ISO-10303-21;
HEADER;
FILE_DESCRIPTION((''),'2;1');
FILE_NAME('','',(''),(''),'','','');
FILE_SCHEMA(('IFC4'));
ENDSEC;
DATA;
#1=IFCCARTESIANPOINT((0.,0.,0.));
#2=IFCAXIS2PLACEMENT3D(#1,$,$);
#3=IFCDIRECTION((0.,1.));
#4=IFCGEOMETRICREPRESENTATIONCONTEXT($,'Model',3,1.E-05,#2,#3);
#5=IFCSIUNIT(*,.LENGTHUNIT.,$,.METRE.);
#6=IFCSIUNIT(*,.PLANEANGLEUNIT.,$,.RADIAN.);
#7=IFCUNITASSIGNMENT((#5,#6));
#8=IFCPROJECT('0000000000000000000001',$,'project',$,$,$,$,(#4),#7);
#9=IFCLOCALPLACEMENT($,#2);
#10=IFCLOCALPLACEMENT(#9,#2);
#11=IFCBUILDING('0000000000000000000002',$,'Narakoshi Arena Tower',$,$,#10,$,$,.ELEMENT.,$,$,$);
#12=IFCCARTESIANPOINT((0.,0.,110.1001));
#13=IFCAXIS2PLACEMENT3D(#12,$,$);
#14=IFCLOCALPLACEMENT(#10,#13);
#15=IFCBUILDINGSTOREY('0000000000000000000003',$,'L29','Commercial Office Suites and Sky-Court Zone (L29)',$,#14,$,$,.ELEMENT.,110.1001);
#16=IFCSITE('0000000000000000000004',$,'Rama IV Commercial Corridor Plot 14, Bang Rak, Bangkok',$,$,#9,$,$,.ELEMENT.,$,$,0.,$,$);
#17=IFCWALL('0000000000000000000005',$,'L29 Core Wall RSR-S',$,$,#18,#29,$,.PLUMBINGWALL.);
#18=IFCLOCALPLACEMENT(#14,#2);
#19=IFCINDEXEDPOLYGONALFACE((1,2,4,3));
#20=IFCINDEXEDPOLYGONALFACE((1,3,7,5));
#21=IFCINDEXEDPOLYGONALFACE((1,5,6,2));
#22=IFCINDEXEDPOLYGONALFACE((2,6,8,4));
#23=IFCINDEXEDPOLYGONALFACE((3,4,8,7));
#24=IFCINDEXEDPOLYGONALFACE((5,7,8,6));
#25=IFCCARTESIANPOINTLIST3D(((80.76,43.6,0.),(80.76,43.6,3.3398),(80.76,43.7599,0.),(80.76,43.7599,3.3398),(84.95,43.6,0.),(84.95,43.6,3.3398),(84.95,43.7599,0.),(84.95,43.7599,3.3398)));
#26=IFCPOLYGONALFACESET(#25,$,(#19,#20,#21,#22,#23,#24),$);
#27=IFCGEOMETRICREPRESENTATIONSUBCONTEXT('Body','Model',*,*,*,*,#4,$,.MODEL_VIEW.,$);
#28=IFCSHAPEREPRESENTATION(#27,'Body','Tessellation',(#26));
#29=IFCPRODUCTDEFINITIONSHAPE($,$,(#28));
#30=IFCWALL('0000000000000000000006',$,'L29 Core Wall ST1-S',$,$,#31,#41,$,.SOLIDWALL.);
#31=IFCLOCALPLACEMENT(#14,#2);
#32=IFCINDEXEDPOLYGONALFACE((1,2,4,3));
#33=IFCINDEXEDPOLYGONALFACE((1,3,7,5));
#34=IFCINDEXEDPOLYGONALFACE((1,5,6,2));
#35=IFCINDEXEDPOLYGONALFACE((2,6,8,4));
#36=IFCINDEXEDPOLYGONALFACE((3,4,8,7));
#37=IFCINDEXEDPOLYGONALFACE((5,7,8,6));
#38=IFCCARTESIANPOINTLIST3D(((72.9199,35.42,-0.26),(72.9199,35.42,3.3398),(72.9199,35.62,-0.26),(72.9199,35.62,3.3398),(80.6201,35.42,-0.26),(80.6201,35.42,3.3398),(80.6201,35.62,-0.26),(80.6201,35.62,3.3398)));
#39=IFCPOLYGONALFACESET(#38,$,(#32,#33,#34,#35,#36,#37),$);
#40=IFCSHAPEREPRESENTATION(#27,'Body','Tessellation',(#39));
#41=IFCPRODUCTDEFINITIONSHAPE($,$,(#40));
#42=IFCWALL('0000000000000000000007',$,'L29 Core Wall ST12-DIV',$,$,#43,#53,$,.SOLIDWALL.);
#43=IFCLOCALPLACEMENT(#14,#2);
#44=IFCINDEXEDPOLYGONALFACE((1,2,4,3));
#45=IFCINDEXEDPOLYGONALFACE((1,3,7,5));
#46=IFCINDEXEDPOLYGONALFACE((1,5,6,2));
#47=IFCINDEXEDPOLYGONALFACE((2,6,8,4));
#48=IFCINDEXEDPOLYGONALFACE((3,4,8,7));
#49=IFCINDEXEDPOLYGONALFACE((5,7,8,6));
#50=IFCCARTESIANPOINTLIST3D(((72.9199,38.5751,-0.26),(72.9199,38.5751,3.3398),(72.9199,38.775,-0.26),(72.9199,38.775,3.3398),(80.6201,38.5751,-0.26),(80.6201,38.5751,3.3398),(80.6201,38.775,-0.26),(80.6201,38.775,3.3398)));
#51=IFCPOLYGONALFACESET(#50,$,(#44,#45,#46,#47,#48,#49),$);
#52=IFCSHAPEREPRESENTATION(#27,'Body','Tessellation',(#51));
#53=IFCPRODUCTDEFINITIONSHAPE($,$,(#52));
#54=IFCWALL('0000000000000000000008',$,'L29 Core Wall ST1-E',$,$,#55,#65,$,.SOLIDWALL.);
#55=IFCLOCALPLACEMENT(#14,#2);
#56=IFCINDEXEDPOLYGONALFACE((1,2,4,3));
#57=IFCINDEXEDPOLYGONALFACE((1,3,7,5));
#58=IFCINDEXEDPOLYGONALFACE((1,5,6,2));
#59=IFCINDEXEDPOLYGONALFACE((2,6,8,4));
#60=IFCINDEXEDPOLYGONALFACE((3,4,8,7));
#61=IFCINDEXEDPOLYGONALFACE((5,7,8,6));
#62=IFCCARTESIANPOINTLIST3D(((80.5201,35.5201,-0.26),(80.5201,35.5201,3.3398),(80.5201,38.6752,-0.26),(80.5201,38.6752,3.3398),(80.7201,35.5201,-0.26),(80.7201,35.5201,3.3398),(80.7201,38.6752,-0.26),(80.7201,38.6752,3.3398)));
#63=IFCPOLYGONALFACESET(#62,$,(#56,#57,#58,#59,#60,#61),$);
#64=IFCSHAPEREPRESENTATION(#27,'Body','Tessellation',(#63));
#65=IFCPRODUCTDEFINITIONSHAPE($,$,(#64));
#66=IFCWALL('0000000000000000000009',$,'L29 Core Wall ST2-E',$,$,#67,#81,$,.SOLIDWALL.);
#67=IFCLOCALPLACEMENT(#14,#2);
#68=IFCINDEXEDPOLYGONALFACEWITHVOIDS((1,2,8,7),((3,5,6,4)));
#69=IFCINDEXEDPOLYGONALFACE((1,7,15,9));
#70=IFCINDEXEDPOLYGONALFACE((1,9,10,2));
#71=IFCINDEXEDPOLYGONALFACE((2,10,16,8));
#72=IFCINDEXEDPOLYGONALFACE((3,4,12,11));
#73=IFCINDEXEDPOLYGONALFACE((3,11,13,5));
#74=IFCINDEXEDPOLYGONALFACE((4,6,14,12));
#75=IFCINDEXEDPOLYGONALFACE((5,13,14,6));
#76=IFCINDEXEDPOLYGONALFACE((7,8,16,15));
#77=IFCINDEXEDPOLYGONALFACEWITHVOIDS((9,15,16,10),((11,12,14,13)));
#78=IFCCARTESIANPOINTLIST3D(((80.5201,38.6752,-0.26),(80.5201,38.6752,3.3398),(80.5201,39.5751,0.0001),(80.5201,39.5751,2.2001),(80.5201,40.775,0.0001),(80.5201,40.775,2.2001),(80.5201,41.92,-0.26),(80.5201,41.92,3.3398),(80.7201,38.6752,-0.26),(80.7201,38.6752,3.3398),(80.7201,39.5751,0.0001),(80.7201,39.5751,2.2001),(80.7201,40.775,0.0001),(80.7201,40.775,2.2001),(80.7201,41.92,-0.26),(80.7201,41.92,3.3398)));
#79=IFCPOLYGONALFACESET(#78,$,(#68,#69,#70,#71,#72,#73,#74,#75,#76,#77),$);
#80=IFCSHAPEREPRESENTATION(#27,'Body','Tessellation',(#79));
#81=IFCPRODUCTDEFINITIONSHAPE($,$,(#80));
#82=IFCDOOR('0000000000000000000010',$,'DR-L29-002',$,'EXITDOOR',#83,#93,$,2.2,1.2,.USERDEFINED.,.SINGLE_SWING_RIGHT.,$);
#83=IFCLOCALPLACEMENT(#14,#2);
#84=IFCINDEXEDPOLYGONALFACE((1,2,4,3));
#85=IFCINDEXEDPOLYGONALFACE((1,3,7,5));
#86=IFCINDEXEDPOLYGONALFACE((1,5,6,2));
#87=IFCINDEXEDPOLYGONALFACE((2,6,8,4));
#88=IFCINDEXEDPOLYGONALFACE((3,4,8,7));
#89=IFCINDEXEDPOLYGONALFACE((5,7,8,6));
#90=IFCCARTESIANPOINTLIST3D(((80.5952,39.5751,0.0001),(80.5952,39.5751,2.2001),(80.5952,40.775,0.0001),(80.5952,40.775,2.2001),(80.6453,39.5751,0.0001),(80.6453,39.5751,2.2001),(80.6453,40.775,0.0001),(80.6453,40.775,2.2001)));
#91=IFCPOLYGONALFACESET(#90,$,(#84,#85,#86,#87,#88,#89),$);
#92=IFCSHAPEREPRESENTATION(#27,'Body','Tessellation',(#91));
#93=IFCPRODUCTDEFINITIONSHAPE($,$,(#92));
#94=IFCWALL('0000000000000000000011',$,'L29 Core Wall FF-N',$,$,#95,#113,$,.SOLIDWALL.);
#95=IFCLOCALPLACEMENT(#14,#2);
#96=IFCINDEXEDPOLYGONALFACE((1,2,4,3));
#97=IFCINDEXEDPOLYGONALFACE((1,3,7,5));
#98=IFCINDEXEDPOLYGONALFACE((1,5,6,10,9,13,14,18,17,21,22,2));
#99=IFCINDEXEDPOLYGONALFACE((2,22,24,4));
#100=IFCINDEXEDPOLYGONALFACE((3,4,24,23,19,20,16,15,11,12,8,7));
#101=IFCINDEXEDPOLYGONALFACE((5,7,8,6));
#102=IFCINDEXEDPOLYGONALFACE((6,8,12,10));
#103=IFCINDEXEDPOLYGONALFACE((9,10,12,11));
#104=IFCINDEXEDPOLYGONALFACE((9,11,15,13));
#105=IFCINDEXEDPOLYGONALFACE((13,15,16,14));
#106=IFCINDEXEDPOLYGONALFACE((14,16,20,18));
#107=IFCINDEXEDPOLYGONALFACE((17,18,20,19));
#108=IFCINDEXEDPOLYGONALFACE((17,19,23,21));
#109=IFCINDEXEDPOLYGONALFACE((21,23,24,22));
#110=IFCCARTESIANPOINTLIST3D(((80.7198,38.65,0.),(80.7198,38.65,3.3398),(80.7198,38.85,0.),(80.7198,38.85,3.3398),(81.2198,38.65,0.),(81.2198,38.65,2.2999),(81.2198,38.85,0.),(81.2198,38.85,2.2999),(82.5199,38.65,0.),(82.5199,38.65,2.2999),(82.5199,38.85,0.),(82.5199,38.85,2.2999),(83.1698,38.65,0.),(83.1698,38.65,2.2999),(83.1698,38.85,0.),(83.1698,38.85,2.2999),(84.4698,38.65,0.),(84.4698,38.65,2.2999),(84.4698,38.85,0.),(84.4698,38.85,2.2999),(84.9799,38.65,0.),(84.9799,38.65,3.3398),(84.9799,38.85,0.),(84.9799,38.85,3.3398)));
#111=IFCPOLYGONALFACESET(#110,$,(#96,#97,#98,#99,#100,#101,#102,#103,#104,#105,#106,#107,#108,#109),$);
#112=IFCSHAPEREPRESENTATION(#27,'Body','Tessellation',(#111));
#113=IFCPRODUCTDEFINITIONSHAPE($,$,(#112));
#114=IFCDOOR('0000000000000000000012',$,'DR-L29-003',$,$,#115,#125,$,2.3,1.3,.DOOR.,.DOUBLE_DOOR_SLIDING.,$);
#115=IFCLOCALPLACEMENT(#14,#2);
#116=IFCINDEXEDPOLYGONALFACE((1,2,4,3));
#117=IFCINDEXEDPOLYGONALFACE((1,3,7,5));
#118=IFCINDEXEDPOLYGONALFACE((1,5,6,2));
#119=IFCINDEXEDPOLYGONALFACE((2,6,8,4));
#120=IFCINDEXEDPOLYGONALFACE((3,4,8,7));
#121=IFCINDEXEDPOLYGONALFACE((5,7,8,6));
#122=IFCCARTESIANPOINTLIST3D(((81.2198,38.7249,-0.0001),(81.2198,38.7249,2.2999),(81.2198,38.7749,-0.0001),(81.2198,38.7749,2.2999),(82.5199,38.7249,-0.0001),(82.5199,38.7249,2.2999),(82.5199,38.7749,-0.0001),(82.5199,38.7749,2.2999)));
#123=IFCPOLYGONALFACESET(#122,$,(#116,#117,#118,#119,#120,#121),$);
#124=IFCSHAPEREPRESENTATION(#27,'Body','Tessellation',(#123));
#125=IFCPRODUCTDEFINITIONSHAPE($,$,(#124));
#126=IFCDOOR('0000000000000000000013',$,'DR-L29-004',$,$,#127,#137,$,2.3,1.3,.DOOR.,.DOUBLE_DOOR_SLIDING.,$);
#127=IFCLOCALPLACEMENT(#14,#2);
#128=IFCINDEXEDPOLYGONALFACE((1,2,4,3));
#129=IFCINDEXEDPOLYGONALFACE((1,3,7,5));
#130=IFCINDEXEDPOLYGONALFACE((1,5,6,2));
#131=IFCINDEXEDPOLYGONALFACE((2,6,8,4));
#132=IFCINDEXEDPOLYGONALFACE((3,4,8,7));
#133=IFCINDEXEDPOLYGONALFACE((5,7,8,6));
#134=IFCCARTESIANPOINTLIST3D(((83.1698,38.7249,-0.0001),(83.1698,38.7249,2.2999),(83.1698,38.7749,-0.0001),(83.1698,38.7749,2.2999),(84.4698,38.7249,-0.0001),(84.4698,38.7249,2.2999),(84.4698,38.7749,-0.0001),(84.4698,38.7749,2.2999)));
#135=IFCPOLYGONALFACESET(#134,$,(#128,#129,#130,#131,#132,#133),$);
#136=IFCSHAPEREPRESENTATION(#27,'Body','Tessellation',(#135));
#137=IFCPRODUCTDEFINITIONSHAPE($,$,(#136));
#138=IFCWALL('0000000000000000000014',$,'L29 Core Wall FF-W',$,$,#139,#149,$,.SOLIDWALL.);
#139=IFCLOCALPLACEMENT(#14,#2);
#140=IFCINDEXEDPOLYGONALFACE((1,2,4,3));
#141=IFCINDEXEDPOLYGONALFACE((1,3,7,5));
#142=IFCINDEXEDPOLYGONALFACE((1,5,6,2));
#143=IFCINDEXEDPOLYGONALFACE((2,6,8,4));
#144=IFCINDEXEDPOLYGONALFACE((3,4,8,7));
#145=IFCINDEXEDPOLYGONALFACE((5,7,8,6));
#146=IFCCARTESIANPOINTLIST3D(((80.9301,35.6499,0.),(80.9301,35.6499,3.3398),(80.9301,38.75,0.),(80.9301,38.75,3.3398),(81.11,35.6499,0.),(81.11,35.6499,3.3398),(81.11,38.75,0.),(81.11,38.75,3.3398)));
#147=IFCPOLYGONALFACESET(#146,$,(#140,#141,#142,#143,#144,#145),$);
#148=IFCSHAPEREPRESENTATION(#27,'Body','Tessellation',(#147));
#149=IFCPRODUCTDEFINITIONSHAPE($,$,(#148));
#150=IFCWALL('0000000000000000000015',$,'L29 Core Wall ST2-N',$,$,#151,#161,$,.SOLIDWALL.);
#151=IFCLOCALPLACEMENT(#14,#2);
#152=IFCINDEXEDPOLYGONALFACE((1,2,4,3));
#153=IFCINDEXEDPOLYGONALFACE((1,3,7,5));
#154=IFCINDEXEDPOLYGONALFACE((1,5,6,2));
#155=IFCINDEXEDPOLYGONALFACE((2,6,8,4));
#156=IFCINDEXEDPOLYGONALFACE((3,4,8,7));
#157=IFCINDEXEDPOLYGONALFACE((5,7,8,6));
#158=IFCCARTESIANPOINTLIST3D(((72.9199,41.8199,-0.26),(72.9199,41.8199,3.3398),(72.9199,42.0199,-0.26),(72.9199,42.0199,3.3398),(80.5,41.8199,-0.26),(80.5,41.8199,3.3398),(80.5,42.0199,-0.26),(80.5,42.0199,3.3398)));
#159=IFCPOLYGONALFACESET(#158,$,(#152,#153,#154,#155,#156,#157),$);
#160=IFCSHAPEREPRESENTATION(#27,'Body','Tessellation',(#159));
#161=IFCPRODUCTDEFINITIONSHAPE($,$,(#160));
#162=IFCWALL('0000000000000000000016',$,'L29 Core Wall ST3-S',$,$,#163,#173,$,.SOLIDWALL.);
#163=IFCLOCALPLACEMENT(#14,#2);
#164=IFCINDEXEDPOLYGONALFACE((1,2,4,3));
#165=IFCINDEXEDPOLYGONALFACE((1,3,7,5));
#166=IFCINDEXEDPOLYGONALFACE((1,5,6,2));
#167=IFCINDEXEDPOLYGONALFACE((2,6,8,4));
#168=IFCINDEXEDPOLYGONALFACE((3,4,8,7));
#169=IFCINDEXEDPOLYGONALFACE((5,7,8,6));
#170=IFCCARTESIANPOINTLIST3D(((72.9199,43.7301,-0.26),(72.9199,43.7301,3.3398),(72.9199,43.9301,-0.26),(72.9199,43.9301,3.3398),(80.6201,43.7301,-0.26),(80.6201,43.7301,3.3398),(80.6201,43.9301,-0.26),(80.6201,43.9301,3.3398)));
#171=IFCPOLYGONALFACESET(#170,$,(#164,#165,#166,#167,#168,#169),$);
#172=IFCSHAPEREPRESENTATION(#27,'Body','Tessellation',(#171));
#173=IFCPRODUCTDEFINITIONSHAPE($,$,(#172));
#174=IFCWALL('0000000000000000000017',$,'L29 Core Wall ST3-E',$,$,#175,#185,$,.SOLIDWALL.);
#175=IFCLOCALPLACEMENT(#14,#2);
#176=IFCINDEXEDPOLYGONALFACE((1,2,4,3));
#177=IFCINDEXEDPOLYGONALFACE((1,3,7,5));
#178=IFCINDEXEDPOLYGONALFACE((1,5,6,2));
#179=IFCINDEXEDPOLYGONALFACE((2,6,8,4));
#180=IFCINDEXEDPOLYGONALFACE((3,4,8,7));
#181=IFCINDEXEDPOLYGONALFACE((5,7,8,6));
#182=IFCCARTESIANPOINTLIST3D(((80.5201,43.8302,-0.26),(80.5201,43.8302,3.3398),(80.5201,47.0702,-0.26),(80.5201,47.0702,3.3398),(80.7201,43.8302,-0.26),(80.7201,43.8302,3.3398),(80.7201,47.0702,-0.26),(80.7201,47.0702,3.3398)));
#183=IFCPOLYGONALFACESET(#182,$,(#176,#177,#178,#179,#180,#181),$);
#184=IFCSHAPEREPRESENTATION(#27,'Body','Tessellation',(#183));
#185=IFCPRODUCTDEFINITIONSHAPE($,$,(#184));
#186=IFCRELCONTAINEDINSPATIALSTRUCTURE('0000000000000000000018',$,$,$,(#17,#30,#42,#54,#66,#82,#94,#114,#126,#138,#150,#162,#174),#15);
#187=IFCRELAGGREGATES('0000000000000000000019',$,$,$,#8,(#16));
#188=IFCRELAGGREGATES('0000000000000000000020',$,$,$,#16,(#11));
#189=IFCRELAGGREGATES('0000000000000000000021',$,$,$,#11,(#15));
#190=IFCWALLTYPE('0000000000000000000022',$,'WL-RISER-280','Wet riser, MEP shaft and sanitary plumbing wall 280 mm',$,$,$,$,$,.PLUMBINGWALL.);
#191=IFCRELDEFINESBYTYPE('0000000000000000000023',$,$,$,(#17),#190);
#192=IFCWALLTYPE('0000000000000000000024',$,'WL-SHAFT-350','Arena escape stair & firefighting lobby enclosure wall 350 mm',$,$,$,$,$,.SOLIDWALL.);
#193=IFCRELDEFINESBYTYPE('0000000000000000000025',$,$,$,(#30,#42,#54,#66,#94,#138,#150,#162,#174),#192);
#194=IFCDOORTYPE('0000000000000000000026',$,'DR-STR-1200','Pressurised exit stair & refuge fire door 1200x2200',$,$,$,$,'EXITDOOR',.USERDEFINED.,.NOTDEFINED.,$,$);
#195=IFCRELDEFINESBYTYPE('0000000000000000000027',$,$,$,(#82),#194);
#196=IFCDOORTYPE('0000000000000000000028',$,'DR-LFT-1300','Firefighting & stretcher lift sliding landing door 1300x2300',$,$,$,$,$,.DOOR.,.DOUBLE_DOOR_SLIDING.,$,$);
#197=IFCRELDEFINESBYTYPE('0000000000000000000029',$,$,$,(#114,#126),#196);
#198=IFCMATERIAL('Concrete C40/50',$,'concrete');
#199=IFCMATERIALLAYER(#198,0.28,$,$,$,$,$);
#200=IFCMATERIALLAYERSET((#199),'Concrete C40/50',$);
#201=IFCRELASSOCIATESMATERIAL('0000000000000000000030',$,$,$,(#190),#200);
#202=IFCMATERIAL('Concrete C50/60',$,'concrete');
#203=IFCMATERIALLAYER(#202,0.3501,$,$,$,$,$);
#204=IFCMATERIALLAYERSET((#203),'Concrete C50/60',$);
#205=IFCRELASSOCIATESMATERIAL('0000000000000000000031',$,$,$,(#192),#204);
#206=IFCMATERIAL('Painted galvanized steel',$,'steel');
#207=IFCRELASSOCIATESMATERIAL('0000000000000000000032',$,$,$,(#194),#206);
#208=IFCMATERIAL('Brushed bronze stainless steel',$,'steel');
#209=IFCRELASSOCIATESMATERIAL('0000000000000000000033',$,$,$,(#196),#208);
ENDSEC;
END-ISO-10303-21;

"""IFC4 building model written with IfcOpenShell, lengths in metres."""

from ifc_helpers import new_model, si_unit, direction, frame, frame_2d, origin, place, context, subcontext, project, spatial, rectangle, extrude, material, layer, layer_set, type_object, element, fill, save


model = new_model("IFC4")

# Units and contexts
model_context = context("Model", 3, precision=1e-05, world=origin(), true_north=direction((0.0, 1.0)))
body_context = subcontext(model_context, "Body", "Model", "MODEL_VIEW")
ifc_project = project(units=[si_unit("LENGTHUNIT", "METRE"), si_unit("PLANEANGLEUNIT", "RADIAN")], contexts=[model_context])

# Site, building, storey
site_placement = place(None, origin())
site = spatial("IfcSite", under=ifc_project, at=site_placement, Name="Rama IV Commercial Corridor Plot 14, Bang Rak, Bangkok", CompositionType="ELEMENT", RefElevation=0.0)
building_placement = place(site_placement, origin())
building = spatial("IfcBuilding", under=site, at=building_placement, Name="Narakoshi Arena Tower", CompositionType="ELEMENT")
storey_placement = place(building_placement, frame((0.0, 0.0, 110.1001)))
storey = spatial("IfcBuildingStorey", under=building, at=storey_placement, Name="L29", Description="Commercial Office Suites and Sky-Court Zone (L29)", CompositionType="ELEMENT", Elevation=110.1001)

# Walls
ifc_material_1 = material(Name="Concrete C40/50", Category="concrete")
ifc_layer_1 = layer(ifc_material_1, 0.28)
ifc_layer_set_1 = layer_set([ifc_layer_1], Name="Concrete C40/50")
wall_type_1 = type_object("IfcWallType", Name="WL-RISER-280", Description="Wet riser, MEP shaft and sanitary plumbing wall 280 mm", PredefinedType="PLUMBINGWALL", material=ifc_layer_set_1)
wall_1_placement = place(storey_placement, frame((80.76, 43.6799, 0.0), z_axis=(0.0, 0.0, 1.0), x_axis=(1.0, 0.0, 0.0)))
element("IfcWall", 1, at=wall_1_placement, inside=storey, type_object=wall_type_1, Name="L29 Core Wall RSR-S", PredefinedType="PLUMBINGWALL", context=body_context, shape_type="SweptSolid", body=[
    extrude(rectangle(XDim=4.1899, YDim=0.1599, at=frame_2d((2.095, 0.0))), origin(), (0.0, 0.0, 1.0), 3.3398),
])
ifc_material_2 = material(Name="Concrete C50/60", Category="concrete")
ifc_layer_2 = layer(ifc_material_2, 0.3501)
ifc_layer_set_2 = layer_set([ifc_layer_2], Name="Concrete C50/60")
wall_type_2 = type_object("IfcWallType", Name="WL-SHAFT-350", Description="Arena escape stair & firefighting lobby enclosure wall 350 mm", PredefinedType="SOLIDWALL", material=ifc_layer_set_2)
for number, where, z_axis, x_axis, name in (
    (2, (72.9199, 35.52, -0.26), (0.0, 0.0, 1.0), (1.0, 0.0, 0.0), "L29 Core Wall ST1-S"),
    (3, (72.9199, 38.675, -0.26), (0.0, 0.0, 1.0), (1.0, 0.0, 0.0), "L29 Core Wall ST12-DIV"),
):
    element("IfcWall", number, at=place(storey_placement, frame(where, z_axis=z_axis, x_axis=x_axis)), inside=storey, type_object=wall_type_2, Name=name, PredefinedType="SOLIDWALL", context=body_context, shape_type="SweptSolid", body=[
        extrude(rectangle(XDim=7.7002, YDim=0.2, at=frame_2d((3.8501, 0.0))), origin(), (0.0, 0.0, 1.0), 3.5999),
    ])
wall_2_placement = place(storey_placement, frame((80.6201, 35.52, -0.26), z_axis=(0.0, 0.0, 1.0), x_axis=(0.0, 1.0, 0.0)))
element("IfcWall", 4, at=wall_2_placement, inside=storey, type_object=wall_type_2, Name="L29 Core Wall ST1-E", PredefinedType="SOLIDWALL", context=body_context, shape_type="SweptSolid", body=[
    extrude(rectangle(XDim=3.155, YDim=0.2, at=frame_2d((1.5776, 0.0))), origin(), (0.0, 0.0, 1.0), 3.5999),
])

# Wall, opening, door
wall_3_placement = place(storey_placement, frame((80.6201, 38.675, -0.26), z_axis=(0.0, 0.0, 1.0), x_axis=(0.0, 1.0, 0.0)))
wall_3 = element("IfcWall", 5, at=wall_3_placement, inside=storey, type_object=wall_type_2, Name="L29 Core Wall ST2-E", PredefinedType="SOLIDWALL", context=body_context, shape_type="SweptSolid", body=[
    extrude(rectangle(XDim=3.2449, YDim=0.2, at=frame_2d((1.6226, 0.0))), origin(), (0.0, 0.0, 1.0), 3.5999),
])
opening_1_placement = place(wall_3_placement, frame((0.8999, 0.0, 0.26)))
opening_1 = element("IfcOpeningElement", 6, at=opening_1_placement, cuts=wall_3, PredefinedType="OPENING", context=body_context, shape_type="SweptSolid", body=[
    extrude(rectangle(XDim=1.2, YDim=2.2, at=frame_2d((0.6001, 1.1001))), frame((0.0, 0.1099, 0.0), z_axis=(0.0, -1.0, 0.0), x_axis=(1.0, 0.0, 0.0)), (0.0, 0.0, 1.0), 0.22),
])
ifc_material_3 = material(Name="Painted galvanized steel", Category="steel")
door_type_1 = type_object("IfcDoorType", Name="DR-STR-1200", Description="Pressurised exit stair & refuge fire door 1200x2200", ElementType="EXITDOOR", OperationType="NOTDEFINED", PredefinedType="USERDEFINED", material=ifc_material_3)
door_1_placement = place(opening_1_placement, origin())
door_1 = element("IfcDoor", 7, at=door_1_placement, inside=storey, type_object=door_type_1, Name="DR-L29-002", ObjectType="EXITDOOR", OperationType="SINGLE_SWING_RIGHT", OverallHeight=2.2, OverallWidth=1.2, PredefinedType="USERDEFINED", context=body_context, shape_type="SweptSolid", body=[
    extrude(rectangle(XDim=1.2, YDim=2.2, at=frame_2d((0.6001, 1.1001))), frame((0.0, 0.0249, 0.0), z_axis=(0.0, -1.0, 0.0), x_axis=(1.0, 0.0, 0.0)), (0.0, 0.0, 1.0), 0.05),
])
fill(opening_1, door_1)

# Wall, openings, doors
wall_4_placement = place(storey_placement, frame((80.72, 38.75, 0.0), z_axis=(0.0, 0.0, 1.0), x_axis=(1.0, 0.0, 0.0)))
wall_4 = element("IfcWall", 8, at=wall_4_placement, inside=storey, type_object=wall_type_2, Name="L29 Core Wall FF-N", PredefinedType="SOLIDWALL", context=body_context, shape_type="SweptSolid", body=[
    extrude(rectangle(XDim=4.26, YDim=0.2, at=frame_2d((2.1299, 0.0))), origin(), (0.0, 0.0, 1.0), 3.3398),
])
opening_2_placement = place(wall_4_placement, frame((0.5, 0.0, 0.0)))
opening_2 = element("IfcOpeningElement", 9, at=opening_2_placement, cuts=wall_4, PredefinedType="OPENING", context=body_context, shape_type="SweptSolid", body=[
    extrude(rectangle(XDim=1.3, YDim=2.3, at=frame_2d((0.6499, 1.1499))), frame((0.0, 0.1099, 0.0), z_axis=(0.0, -1.0, 0.0), x_axis=(1.0, 0.0, 0.0)), (0.0, 0.0, 1.0), 0.22),
])
opening_3_placement = place(wall_4_placement, frame((2.45, 0.0, 0.0)))
opening_3 = element("IfcOpeningElement", 10, at=opening_3_placement, cuts=wall_4, PredefinedType="OPENING", context=body_context, shape_type="SweptSolid", body=[
    extrude(rectangle(XDim=1.3, YDim=2.3, at=frame_2d((0.6499, 1.1499))), frame((0.0, 0.1099, 0.0), z_axis=(0.0, -1.0, 0.0), x_axis=(1.0, 0.0, 0.0)), (0.0, 0.0, 1.0), 0.22),
])
ifc_material_4 = material(Name="Brushed bronze stainless steel", Category="steel")
door_type_2 = type_object("IfcDoorType", Name="DR-LFT-1300", Description="Firefighting & stretcher lift sliding landing door 1300x2300", OperationType="DOUBLE_DOOR_SLIDING", PredefinedType="DOOR", material=ifc_material_4)
door_2_placement = place(opening_2_placement, origin())
door_2 = element("IfcDoor", 11, at=door_2_placement, inside=storey, type_object=door_type_2, Name="DR-L29-003", OperationType="DOUBLE_DOOR_SLIDING", OverallHeight=2.3, OverallWidth=1.3, PredefinedType="DOOR", context=body_context, shape_type="SweptSolid", body=[
    extrude(rectangle(XDim=1.3, YDim=2.3, at=frame_2d((0.6499, 1.1499))), frame((0.0, 0.0249, 0.0), z_axis=(0.0, -1.0, 0.0), x_axis=(1.0, 0.0, 0.0)), (0.0, 0.0, 1.0), 0.05),
])
fill(opening_2, door_2)
door_3_placement = place(opening_3_placement, origin())
door_3 = element("IfcDoor", 12, at=door_3_placement, inside=storey, type_object=door_type_2, Name="DR-L29-004", OperationType="DOUBLE_DOOR_SLIDING", OverallHeight=2.3, OverallWidth=1.3, PredefinedType="DOOR", context=body_context, shape_type="SweptSolid", body=[
    extrude(rectangle(XDim=1.3, YDim=2.3, at=frame_2d((0.6499, 1.1499))), frame((0.0, 0.0249, 0.0), z_axis=(0.0, -1.0, 0.0), x_axis=(1.0, 0.0, 0.0)), (0.0, 0.0, 1.0), 0.05),
])
fill(opening_3, door_3)

# Walls
wall_5_placement = place(storey_placement, frame((81.02, 35.6499, 0.0), z_axis=(0.0, 0.0, 1.0), x_axis=(0.0, 1.0, 0.0)))
element("IfcWall", 13, at=wall_5_placement, inside=storey, type_object=wall_type_2, Name="L29 Core Wall FF-W", PredefinedType="SOLIDWALL", context=body_context, shape_type="SweptSolid", body=[
    extrude(rectangle(XDim=3.1001, YDim=0.1799, at=frame_2d((1.55, 0.0))), origin(), (0.0, 0.0, 1.0), 3.3398),
])
wall_6_placement = place(storey_placement, frame((72.9199, 41.9199, -0.26), z_axis=(0.0, 0.0, 1.0), x_axis=(1.0, 0.0, 0.0)))
element("IfcWall", 14, at=wall_6_placement, inside=storey, type_object=wall_type_2, Name="L29 Core Wall ST2-N", PredefinedType="SOLIDWALL", context=body_context, shape_type="SweptSolid", body=[
    extrude(rectangle(XDim=7.5801, YDim=0.2, at=frame_2d((3.79, 0.0))), origin(), (0.0, 0.0, 1.0), 3.5999),
])
wall_7_placement = place(storey_placement, frame((72.9199, 43.8301, -0.26), z_axis=(0.0, 0.0, 1.0), x_axis=(1.0, 0.0, 0.0)))
element("IfcWall", 15, at=wall_7_placement, inside=storey, type_object=wall_type_2, Name="L29 Core Wall ST3-S", PredefinedType="SOLIDWALL", context=body_context, shape_type="SweptSolid", body=[
    extrude(rectangle(XDim=7.7002, YDim=0.2, at=frame_2d((3.8501, 0.0))), origin(), (0.0, 0.0, 1.0), 3.5999),
])
wall_8_placement = place(storey_placement, frame((80.6201, 43.8301, -0.26), z_axis=(0.0, 0.0, 1.0), x_axis=(0.0, 1.0, 0.0)))
element("IfcWall", 16, at=wall_8_placement, inside=storey, type_object=wall_type_2, Name="L29 Core Wall ST3-E", PredefinedType="SOLIDWALL", context=body_context, shape_type="SweptSolid", body=[
    extrude(rectangle(XDim=3.24, YDim=0.2, at=frame_2d((1.6201, 0.0))), origin(), (0.0, 0.0, 1.0), 3.5999),
])

save(model, "model.ifc")
